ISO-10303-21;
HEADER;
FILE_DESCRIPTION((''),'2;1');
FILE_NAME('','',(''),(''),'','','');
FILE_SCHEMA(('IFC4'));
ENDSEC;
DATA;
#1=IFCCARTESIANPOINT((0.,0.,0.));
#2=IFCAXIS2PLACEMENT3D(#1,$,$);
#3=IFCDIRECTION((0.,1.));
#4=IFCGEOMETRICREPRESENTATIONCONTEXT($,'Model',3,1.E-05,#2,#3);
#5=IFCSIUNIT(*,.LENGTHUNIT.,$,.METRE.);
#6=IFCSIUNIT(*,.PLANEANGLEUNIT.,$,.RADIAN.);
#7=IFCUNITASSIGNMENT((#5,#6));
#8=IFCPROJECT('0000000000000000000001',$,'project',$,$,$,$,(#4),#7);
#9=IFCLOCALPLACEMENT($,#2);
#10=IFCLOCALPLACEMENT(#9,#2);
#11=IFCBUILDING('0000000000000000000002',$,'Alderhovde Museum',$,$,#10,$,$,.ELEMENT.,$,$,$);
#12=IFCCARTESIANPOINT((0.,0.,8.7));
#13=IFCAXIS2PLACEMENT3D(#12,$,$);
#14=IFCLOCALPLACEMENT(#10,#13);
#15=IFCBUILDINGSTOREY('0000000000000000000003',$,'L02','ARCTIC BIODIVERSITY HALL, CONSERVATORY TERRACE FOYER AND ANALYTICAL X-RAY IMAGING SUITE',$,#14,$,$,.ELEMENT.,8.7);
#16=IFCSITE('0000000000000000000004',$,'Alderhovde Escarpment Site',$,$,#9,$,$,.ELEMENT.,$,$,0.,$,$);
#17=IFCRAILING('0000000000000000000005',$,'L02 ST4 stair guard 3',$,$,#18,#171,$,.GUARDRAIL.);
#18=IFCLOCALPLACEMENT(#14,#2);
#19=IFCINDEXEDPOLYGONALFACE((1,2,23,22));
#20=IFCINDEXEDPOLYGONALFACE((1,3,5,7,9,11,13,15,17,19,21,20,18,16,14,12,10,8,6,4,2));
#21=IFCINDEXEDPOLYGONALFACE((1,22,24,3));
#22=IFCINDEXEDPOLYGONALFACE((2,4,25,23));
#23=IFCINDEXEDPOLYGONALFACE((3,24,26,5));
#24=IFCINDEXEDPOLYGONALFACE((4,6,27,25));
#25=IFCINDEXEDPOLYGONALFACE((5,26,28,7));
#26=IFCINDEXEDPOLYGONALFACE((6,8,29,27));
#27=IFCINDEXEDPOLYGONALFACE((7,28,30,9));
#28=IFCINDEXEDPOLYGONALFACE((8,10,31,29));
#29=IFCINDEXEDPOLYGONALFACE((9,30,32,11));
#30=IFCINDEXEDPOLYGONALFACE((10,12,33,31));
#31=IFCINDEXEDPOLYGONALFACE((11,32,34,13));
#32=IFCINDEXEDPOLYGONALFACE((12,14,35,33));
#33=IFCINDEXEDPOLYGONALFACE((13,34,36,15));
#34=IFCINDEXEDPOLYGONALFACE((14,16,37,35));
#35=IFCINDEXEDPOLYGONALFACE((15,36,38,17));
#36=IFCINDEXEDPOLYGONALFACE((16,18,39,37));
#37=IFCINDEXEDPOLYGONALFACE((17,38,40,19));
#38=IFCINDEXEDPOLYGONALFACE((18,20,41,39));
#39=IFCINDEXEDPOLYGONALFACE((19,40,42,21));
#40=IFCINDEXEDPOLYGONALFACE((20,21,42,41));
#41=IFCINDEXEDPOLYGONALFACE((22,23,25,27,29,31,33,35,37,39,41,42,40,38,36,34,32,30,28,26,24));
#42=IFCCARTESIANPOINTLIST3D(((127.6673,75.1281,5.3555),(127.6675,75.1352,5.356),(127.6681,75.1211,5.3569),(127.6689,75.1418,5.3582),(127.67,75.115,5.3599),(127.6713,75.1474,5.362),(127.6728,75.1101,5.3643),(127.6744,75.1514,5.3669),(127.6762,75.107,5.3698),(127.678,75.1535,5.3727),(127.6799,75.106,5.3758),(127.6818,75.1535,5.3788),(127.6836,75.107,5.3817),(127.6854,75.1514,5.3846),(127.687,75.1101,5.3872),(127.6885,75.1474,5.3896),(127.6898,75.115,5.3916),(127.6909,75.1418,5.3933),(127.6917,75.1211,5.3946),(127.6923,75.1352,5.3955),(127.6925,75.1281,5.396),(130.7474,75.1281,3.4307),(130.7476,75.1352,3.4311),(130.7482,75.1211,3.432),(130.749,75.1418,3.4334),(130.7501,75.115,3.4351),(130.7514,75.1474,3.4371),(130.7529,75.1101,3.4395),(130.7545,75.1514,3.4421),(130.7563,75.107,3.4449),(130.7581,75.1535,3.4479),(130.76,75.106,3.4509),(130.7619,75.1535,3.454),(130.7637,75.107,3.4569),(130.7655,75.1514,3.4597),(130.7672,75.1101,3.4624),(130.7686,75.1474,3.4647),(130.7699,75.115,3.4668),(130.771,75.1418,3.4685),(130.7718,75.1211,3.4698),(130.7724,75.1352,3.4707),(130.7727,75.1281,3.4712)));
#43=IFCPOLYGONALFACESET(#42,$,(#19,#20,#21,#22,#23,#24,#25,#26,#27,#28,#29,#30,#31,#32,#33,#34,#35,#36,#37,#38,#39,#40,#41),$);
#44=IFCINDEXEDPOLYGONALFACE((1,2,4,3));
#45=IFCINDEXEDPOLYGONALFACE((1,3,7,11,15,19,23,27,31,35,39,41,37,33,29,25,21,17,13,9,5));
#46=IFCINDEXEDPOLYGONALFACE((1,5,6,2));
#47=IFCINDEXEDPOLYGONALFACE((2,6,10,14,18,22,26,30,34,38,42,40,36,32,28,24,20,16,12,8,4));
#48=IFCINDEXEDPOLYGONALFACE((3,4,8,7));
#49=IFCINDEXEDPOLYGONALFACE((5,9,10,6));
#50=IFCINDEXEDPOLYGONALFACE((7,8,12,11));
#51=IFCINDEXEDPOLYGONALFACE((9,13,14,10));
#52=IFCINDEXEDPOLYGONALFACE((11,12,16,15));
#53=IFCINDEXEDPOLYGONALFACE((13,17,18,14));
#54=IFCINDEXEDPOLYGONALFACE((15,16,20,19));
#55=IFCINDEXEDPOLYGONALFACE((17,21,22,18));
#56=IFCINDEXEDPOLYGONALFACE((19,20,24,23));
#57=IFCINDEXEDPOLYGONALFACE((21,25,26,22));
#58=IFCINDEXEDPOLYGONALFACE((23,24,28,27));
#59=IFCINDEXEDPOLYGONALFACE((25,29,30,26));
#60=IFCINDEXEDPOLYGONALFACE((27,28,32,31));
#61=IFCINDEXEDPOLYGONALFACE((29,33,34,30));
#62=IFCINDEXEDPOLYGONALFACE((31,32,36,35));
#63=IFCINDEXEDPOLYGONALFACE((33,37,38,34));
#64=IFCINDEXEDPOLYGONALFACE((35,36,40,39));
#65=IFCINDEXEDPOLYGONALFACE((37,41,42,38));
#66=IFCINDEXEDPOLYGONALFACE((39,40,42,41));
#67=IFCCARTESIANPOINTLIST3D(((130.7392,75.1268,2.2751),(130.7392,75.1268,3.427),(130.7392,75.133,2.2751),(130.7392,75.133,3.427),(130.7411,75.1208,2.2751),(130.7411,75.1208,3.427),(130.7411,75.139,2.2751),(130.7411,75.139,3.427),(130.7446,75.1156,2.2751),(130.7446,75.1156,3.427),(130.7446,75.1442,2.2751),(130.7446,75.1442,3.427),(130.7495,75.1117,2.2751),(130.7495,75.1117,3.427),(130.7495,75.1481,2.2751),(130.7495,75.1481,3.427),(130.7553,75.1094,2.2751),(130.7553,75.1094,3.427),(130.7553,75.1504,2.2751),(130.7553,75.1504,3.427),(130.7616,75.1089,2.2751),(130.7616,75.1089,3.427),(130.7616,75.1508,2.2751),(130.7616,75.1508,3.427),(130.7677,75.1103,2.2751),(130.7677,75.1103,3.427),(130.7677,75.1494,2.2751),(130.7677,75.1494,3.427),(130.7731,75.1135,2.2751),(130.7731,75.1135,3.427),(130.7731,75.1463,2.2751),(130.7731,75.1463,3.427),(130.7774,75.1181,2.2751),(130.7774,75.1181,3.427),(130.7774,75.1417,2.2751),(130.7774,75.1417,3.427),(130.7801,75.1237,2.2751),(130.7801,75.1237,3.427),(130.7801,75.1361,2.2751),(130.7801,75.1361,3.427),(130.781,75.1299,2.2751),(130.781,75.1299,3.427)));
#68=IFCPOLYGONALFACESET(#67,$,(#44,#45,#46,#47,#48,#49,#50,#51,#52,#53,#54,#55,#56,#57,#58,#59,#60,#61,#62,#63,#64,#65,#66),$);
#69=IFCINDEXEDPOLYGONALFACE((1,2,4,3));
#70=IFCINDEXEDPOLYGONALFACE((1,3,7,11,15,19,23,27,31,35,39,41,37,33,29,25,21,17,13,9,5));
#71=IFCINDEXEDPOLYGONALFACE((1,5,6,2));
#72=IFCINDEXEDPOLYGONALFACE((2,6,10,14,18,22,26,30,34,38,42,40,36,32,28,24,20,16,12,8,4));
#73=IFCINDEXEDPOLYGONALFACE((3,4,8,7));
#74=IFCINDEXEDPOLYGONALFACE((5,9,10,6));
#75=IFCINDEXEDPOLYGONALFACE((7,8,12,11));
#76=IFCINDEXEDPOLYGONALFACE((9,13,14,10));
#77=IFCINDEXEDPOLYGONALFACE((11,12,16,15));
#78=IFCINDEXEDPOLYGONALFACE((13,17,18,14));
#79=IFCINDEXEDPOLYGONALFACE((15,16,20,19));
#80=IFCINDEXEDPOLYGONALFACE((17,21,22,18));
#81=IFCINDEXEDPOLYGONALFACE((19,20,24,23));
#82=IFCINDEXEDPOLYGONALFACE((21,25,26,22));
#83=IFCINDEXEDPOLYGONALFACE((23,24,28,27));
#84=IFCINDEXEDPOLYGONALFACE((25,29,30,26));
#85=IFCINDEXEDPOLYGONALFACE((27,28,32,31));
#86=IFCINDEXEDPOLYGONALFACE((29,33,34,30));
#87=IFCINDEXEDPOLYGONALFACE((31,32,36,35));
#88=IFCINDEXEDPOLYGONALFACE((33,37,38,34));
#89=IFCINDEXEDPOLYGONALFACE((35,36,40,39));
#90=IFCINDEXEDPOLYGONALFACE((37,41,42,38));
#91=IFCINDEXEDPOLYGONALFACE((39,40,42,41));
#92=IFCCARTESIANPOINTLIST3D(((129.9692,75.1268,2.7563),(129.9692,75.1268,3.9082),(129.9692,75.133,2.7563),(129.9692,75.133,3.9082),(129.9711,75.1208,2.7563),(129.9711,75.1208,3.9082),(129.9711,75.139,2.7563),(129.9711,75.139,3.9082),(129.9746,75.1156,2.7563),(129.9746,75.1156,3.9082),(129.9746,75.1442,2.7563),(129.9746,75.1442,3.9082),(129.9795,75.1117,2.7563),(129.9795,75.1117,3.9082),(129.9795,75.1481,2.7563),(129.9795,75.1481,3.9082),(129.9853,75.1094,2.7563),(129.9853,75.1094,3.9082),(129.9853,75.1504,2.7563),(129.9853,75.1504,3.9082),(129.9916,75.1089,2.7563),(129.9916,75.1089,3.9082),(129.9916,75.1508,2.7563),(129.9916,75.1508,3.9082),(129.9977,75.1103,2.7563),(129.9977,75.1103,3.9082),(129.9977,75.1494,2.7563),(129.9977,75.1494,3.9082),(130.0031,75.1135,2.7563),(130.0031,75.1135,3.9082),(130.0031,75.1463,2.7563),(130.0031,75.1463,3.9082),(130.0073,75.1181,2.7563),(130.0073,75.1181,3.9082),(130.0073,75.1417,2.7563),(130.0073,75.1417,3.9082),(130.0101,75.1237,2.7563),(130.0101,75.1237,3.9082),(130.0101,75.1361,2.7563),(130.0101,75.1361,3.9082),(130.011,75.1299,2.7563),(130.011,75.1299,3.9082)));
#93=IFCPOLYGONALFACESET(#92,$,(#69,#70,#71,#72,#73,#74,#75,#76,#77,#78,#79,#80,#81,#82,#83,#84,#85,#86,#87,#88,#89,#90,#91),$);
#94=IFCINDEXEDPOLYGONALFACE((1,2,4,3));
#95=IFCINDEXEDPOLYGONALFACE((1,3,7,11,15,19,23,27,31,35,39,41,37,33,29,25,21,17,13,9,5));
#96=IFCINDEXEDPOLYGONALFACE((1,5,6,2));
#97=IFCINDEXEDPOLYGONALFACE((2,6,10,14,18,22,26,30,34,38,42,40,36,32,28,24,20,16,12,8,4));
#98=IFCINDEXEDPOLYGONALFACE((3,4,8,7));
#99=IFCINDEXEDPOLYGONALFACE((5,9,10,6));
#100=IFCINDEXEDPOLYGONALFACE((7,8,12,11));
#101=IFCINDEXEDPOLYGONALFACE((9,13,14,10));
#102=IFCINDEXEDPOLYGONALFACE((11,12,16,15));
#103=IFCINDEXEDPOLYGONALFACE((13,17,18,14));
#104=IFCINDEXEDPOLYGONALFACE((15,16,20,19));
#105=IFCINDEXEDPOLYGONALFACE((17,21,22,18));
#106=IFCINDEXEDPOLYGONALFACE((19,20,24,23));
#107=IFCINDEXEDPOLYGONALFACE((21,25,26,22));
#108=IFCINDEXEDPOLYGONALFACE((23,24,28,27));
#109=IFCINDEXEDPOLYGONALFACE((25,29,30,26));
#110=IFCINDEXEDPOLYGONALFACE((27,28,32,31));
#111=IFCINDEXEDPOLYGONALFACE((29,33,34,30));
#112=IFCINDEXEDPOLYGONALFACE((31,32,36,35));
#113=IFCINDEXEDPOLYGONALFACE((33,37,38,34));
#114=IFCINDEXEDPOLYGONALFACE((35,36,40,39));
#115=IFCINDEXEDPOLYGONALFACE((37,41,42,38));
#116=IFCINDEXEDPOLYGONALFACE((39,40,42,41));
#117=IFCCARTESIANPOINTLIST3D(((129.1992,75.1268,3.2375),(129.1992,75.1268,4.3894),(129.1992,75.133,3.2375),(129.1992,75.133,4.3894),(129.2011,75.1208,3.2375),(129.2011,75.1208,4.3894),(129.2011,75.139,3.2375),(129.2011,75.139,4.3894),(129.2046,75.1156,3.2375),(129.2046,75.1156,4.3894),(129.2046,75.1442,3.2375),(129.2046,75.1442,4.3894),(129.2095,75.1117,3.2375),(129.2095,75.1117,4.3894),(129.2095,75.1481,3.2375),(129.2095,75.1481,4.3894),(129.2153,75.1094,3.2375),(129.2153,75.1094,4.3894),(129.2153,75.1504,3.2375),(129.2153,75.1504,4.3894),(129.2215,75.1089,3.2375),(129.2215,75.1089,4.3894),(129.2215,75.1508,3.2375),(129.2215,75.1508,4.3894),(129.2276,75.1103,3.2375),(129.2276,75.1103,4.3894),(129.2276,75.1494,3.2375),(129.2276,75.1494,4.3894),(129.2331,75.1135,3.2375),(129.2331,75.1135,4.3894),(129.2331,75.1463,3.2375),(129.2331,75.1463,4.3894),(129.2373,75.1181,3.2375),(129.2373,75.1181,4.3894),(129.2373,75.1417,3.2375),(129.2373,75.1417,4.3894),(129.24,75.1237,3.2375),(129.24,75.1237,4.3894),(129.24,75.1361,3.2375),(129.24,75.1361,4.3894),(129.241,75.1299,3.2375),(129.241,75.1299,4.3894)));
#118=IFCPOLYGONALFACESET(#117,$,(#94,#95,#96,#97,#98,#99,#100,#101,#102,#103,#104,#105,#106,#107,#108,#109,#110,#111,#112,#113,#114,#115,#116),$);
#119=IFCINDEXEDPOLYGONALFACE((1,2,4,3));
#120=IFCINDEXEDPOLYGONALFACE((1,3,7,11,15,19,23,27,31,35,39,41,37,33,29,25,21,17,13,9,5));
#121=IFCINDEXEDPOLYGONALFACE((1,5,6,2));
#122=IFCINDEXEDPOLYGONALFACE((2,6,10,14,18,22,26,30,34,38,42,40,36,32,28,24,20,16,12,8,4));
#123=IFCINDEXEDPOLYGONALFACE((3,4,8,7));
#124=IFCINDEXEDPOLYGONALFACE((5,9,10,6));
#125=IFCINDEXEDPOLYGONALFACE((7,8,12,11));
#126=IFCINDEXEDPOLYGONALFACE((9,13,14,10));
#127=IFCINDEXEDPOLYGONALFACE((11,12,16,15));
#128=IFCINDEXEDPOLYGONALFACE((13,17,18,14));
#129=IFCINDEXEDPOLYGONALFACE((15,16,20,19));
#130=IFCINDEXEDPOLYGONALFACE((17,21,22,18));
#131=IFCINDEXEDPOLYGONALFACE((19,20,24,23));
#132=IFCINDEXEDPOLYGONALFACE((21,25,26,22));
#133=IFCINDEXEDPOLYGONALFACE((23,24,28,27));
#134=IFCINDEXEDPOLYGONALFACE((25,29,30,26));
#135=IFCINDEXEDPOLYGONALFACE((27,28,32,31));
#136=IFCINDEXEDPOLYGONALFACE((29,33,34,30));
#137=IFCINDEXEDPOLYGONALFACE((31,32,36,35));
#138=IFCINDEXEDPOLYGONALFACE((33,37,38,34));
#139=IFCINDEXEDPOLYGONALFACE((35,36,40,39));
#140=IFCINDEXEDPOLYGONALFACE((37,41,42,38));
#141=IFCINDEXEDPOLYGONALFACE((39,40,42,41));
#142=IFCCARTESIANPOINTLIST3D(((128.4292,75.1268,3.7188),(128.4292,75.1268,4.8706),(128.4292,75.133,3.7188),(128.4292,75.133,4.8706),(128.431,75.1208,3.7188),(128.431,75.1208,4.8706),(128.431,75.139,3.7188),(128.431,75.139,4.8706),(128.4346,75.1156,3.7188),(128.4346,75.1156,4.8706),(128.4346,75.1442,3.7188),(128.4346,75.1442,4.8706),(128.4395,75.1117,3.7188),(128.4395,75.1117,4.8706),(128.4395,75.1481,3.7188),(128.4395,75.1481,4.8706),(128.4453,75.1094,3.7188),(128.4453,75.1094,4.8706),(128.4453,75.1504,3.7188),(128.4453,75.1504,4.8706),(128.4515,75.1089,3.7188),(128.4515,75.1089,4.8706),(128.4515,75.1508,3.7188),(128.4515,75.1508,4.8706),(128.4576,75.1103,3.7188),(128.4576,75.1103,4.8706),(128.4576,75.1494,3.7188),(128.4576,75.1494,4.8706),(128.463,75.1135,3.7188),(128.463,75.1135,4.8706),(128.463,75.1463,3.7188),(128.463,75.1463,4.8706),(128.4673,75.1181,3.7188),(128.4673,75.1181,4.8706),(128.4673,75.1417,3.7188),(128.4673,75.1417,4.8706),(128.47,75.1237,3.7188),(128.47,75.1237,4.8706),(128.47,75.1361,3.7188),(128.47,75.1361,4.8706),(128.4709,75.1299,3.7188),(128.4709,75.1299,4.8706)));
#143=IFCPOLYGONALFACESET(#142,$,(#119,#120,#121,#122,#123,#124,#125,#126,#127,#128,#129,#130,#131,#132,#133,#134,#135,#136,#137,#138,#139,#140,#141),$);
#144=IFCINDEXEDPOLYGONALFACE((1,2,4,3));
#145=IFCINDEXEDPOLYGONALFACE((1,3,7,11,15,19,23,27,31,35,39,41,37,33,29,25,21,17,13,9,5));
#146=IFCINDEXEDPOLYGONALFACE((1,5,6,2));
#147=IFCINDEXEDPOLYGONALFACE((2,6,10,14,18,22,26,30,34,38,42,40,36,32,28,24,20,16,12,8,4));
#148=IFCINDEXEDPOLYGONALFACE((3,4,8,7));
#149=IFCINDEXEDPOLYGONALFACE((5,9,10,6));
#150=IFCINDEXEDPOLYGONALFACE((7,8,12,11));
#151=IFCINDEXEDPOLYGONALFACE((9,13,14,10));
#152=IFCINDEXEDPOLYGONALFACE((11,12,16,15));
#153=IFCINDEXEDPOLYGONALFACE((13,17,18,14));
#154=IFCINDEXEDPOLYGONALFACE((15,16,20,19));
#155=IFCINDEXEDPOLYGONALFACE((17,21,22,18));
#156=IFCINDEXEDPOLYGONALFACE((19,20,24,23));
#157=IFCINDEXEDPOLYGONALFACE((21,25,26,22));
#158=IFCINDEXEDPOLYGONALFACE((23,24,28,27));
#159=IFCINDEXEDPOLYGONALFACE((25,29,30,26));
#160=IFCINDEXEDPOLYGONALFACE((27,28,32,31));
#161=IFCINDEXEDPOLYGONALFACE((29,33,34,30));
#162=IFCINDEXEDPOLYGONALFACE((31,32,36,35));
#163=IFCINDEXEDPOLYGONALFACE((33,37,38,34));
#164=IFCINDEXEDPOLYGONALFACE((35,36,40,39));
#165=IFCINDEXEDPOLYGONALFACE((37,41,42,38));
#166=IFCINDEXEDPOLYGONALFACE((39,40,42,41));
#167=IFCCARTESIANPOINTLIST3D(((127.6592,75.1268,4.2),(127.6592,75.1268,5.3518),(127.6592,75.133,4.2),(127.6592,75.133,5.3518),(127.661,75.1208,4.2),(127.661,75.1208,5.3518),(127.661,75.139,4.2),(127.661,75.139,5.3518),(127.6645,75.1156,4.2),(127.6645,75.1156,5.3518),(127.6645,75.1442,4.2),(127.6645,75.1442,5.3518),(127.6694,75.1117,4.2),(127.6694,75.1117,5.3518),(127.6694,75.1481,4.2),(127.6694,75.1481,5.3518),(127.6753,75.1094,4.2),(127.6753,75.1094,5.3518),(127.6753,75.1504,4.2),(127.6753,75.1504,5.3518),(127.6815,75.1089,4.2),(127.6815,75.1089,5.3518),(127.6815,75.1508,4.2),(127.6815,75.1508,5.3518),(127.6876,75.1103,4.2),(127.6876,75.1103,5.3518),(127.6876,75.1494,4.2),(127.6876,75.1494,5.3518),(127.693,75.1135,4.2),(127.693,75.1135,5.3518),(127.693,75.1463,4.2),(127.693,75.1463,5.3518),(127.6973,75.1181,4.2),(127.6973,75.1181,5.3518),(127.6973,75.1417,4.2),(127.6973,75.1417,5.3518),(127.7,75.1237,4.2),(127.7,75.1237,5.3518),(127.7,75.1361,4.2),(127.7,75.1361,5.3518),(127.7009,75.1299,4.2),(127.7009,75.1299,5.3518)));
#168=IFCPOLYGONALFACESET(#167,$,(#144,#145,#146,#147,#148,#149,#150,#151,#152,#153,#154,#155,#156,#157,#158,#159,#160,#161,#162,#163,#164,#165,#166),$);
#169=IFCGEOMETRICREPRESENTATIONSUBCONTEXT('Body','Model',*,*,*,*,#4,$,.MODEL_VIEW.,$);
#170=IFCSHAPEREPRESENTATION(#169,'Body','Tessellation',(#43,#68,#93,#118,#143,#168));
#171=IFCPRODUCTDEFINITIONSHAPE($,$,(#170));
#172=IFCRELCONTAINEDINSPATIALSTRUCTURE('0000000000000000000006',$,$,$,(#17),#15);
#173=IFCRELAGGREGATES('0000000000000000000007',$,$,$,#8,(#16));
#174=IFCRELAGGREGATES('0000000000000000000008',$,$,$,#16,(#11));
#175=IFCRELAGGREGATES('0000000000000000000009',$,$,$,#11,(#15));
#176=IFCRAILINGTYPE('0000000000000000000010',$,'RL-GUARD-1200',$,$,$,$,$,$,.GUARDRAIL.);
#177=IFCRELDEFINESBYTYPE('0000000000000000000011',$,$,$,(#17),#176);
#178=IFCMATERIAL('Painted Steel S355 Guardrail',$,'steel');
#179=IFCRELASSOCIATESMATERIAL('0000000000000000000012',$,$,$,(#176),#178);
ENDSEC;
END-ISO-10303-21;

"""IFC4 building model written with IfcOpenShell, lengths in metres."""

from ifc_helpers import new_model, si_unit, direction, frame, origin, origin_2d, place, context, subcontext, project, spatial, circle, extrude, material, type_object, element, save


model = new_model("IFC4")

# Units and contexts
model_context = context("Model", 3, precision=1e-05, world=origin(), true_north=direction((0.0, 1.0)))
body_context = subcontext(model_context, "Body", "Model", "MODEL_VIEW")
ifc_project = project(units=[si_unit("LENGTHUNIT", "METRE"), si_unit("PLANEANGLEUNIT", "RADIAN")], contexts=[model_context])

# Site, building, storey
site_placement = place(None, origin())
site = spatial("IfcSite", under=ifc_project, at=site_placement, Name="Alderhovde Escarpment Site", CompositionType="ELEMENT", RefElevation=0.0)
building_placement = place(site_placement, origin())
building = spatial("IfcBuilding", under=site, at=building_placement, Name="Alderhovde Museum", CompositionType="ELEMENT")
storey_placement = place(building_placement, frame((0.0, 0.0, 8.7)))
storey = spatial("IfcBuildingStorey", under=building, at=storey_placement, Name="L02", Description="ARCTIC BIODIVERSITY HALL, CONSERVATORY TERRACE FOYER AND ANALYTICAL X-RAY IMAGING SUITE", CompositionType="ELEMENT", Elevation=8.7)

# Railing
ifc_material_1 = material(Name="Painted Steel S355 Guardrail", Category="steel")
railing_type_1 = type_object("IfcRailingType", Name="RL-GUARD-1200", PredefinedType="GUARDRAIL", material=ifc_material_1)
railing_1_placement = place(storey_placement, frame((130.76, 75.1299, 2.2751)))
element("IfcRailing", 1, at=railing_1_placement, inside=storey, type_object=railing_type_1, Name="L02 ST4 stair guard 3", PredefinedType="GUARDRAIL", context=body_context, shape_type="SweptSolid", body=[
    extrude(circle(Radius=0.0239, at=origin_2d()), frame((0.0, 0.0, 1.1758), z_axis=(-0.848029, 0.0, 0.529951), x_axis=(0.0, -1.0, 0.0)), (0.0, 0.0, 1.0), 3.6321),
    extrude(circle(Radius=0.021, at=origin_2d()), origin(), (0.0, 0.0, 1.0), 1.1519),
    extrude(circle(Radius=0.021, at=origin_2d()), frame((-0.77, 0.0, 0.4812)), (0.0, 0.0, 1.0), 1.1519),
    extrude(circle(Radius=0.021, at=origin_2d()), frame((-1.54, 0.0, 0.9624)), (0.0, 0.0, 1.0), 1.1519),
    extrude(circle(Radius=0.021, at=origin_2d()), frame((-2.3101, 0.0, 1.4436)), (0.0, 0.0, 1.0), 1.1519),
    extrude(circle(Radius=0.021, at=origin_2d()), frame((-3.0801, 0.0, 1.9248)), (0.0, 0.0, 1.0), 1.1519),
])

save(model, "model.ifc")
